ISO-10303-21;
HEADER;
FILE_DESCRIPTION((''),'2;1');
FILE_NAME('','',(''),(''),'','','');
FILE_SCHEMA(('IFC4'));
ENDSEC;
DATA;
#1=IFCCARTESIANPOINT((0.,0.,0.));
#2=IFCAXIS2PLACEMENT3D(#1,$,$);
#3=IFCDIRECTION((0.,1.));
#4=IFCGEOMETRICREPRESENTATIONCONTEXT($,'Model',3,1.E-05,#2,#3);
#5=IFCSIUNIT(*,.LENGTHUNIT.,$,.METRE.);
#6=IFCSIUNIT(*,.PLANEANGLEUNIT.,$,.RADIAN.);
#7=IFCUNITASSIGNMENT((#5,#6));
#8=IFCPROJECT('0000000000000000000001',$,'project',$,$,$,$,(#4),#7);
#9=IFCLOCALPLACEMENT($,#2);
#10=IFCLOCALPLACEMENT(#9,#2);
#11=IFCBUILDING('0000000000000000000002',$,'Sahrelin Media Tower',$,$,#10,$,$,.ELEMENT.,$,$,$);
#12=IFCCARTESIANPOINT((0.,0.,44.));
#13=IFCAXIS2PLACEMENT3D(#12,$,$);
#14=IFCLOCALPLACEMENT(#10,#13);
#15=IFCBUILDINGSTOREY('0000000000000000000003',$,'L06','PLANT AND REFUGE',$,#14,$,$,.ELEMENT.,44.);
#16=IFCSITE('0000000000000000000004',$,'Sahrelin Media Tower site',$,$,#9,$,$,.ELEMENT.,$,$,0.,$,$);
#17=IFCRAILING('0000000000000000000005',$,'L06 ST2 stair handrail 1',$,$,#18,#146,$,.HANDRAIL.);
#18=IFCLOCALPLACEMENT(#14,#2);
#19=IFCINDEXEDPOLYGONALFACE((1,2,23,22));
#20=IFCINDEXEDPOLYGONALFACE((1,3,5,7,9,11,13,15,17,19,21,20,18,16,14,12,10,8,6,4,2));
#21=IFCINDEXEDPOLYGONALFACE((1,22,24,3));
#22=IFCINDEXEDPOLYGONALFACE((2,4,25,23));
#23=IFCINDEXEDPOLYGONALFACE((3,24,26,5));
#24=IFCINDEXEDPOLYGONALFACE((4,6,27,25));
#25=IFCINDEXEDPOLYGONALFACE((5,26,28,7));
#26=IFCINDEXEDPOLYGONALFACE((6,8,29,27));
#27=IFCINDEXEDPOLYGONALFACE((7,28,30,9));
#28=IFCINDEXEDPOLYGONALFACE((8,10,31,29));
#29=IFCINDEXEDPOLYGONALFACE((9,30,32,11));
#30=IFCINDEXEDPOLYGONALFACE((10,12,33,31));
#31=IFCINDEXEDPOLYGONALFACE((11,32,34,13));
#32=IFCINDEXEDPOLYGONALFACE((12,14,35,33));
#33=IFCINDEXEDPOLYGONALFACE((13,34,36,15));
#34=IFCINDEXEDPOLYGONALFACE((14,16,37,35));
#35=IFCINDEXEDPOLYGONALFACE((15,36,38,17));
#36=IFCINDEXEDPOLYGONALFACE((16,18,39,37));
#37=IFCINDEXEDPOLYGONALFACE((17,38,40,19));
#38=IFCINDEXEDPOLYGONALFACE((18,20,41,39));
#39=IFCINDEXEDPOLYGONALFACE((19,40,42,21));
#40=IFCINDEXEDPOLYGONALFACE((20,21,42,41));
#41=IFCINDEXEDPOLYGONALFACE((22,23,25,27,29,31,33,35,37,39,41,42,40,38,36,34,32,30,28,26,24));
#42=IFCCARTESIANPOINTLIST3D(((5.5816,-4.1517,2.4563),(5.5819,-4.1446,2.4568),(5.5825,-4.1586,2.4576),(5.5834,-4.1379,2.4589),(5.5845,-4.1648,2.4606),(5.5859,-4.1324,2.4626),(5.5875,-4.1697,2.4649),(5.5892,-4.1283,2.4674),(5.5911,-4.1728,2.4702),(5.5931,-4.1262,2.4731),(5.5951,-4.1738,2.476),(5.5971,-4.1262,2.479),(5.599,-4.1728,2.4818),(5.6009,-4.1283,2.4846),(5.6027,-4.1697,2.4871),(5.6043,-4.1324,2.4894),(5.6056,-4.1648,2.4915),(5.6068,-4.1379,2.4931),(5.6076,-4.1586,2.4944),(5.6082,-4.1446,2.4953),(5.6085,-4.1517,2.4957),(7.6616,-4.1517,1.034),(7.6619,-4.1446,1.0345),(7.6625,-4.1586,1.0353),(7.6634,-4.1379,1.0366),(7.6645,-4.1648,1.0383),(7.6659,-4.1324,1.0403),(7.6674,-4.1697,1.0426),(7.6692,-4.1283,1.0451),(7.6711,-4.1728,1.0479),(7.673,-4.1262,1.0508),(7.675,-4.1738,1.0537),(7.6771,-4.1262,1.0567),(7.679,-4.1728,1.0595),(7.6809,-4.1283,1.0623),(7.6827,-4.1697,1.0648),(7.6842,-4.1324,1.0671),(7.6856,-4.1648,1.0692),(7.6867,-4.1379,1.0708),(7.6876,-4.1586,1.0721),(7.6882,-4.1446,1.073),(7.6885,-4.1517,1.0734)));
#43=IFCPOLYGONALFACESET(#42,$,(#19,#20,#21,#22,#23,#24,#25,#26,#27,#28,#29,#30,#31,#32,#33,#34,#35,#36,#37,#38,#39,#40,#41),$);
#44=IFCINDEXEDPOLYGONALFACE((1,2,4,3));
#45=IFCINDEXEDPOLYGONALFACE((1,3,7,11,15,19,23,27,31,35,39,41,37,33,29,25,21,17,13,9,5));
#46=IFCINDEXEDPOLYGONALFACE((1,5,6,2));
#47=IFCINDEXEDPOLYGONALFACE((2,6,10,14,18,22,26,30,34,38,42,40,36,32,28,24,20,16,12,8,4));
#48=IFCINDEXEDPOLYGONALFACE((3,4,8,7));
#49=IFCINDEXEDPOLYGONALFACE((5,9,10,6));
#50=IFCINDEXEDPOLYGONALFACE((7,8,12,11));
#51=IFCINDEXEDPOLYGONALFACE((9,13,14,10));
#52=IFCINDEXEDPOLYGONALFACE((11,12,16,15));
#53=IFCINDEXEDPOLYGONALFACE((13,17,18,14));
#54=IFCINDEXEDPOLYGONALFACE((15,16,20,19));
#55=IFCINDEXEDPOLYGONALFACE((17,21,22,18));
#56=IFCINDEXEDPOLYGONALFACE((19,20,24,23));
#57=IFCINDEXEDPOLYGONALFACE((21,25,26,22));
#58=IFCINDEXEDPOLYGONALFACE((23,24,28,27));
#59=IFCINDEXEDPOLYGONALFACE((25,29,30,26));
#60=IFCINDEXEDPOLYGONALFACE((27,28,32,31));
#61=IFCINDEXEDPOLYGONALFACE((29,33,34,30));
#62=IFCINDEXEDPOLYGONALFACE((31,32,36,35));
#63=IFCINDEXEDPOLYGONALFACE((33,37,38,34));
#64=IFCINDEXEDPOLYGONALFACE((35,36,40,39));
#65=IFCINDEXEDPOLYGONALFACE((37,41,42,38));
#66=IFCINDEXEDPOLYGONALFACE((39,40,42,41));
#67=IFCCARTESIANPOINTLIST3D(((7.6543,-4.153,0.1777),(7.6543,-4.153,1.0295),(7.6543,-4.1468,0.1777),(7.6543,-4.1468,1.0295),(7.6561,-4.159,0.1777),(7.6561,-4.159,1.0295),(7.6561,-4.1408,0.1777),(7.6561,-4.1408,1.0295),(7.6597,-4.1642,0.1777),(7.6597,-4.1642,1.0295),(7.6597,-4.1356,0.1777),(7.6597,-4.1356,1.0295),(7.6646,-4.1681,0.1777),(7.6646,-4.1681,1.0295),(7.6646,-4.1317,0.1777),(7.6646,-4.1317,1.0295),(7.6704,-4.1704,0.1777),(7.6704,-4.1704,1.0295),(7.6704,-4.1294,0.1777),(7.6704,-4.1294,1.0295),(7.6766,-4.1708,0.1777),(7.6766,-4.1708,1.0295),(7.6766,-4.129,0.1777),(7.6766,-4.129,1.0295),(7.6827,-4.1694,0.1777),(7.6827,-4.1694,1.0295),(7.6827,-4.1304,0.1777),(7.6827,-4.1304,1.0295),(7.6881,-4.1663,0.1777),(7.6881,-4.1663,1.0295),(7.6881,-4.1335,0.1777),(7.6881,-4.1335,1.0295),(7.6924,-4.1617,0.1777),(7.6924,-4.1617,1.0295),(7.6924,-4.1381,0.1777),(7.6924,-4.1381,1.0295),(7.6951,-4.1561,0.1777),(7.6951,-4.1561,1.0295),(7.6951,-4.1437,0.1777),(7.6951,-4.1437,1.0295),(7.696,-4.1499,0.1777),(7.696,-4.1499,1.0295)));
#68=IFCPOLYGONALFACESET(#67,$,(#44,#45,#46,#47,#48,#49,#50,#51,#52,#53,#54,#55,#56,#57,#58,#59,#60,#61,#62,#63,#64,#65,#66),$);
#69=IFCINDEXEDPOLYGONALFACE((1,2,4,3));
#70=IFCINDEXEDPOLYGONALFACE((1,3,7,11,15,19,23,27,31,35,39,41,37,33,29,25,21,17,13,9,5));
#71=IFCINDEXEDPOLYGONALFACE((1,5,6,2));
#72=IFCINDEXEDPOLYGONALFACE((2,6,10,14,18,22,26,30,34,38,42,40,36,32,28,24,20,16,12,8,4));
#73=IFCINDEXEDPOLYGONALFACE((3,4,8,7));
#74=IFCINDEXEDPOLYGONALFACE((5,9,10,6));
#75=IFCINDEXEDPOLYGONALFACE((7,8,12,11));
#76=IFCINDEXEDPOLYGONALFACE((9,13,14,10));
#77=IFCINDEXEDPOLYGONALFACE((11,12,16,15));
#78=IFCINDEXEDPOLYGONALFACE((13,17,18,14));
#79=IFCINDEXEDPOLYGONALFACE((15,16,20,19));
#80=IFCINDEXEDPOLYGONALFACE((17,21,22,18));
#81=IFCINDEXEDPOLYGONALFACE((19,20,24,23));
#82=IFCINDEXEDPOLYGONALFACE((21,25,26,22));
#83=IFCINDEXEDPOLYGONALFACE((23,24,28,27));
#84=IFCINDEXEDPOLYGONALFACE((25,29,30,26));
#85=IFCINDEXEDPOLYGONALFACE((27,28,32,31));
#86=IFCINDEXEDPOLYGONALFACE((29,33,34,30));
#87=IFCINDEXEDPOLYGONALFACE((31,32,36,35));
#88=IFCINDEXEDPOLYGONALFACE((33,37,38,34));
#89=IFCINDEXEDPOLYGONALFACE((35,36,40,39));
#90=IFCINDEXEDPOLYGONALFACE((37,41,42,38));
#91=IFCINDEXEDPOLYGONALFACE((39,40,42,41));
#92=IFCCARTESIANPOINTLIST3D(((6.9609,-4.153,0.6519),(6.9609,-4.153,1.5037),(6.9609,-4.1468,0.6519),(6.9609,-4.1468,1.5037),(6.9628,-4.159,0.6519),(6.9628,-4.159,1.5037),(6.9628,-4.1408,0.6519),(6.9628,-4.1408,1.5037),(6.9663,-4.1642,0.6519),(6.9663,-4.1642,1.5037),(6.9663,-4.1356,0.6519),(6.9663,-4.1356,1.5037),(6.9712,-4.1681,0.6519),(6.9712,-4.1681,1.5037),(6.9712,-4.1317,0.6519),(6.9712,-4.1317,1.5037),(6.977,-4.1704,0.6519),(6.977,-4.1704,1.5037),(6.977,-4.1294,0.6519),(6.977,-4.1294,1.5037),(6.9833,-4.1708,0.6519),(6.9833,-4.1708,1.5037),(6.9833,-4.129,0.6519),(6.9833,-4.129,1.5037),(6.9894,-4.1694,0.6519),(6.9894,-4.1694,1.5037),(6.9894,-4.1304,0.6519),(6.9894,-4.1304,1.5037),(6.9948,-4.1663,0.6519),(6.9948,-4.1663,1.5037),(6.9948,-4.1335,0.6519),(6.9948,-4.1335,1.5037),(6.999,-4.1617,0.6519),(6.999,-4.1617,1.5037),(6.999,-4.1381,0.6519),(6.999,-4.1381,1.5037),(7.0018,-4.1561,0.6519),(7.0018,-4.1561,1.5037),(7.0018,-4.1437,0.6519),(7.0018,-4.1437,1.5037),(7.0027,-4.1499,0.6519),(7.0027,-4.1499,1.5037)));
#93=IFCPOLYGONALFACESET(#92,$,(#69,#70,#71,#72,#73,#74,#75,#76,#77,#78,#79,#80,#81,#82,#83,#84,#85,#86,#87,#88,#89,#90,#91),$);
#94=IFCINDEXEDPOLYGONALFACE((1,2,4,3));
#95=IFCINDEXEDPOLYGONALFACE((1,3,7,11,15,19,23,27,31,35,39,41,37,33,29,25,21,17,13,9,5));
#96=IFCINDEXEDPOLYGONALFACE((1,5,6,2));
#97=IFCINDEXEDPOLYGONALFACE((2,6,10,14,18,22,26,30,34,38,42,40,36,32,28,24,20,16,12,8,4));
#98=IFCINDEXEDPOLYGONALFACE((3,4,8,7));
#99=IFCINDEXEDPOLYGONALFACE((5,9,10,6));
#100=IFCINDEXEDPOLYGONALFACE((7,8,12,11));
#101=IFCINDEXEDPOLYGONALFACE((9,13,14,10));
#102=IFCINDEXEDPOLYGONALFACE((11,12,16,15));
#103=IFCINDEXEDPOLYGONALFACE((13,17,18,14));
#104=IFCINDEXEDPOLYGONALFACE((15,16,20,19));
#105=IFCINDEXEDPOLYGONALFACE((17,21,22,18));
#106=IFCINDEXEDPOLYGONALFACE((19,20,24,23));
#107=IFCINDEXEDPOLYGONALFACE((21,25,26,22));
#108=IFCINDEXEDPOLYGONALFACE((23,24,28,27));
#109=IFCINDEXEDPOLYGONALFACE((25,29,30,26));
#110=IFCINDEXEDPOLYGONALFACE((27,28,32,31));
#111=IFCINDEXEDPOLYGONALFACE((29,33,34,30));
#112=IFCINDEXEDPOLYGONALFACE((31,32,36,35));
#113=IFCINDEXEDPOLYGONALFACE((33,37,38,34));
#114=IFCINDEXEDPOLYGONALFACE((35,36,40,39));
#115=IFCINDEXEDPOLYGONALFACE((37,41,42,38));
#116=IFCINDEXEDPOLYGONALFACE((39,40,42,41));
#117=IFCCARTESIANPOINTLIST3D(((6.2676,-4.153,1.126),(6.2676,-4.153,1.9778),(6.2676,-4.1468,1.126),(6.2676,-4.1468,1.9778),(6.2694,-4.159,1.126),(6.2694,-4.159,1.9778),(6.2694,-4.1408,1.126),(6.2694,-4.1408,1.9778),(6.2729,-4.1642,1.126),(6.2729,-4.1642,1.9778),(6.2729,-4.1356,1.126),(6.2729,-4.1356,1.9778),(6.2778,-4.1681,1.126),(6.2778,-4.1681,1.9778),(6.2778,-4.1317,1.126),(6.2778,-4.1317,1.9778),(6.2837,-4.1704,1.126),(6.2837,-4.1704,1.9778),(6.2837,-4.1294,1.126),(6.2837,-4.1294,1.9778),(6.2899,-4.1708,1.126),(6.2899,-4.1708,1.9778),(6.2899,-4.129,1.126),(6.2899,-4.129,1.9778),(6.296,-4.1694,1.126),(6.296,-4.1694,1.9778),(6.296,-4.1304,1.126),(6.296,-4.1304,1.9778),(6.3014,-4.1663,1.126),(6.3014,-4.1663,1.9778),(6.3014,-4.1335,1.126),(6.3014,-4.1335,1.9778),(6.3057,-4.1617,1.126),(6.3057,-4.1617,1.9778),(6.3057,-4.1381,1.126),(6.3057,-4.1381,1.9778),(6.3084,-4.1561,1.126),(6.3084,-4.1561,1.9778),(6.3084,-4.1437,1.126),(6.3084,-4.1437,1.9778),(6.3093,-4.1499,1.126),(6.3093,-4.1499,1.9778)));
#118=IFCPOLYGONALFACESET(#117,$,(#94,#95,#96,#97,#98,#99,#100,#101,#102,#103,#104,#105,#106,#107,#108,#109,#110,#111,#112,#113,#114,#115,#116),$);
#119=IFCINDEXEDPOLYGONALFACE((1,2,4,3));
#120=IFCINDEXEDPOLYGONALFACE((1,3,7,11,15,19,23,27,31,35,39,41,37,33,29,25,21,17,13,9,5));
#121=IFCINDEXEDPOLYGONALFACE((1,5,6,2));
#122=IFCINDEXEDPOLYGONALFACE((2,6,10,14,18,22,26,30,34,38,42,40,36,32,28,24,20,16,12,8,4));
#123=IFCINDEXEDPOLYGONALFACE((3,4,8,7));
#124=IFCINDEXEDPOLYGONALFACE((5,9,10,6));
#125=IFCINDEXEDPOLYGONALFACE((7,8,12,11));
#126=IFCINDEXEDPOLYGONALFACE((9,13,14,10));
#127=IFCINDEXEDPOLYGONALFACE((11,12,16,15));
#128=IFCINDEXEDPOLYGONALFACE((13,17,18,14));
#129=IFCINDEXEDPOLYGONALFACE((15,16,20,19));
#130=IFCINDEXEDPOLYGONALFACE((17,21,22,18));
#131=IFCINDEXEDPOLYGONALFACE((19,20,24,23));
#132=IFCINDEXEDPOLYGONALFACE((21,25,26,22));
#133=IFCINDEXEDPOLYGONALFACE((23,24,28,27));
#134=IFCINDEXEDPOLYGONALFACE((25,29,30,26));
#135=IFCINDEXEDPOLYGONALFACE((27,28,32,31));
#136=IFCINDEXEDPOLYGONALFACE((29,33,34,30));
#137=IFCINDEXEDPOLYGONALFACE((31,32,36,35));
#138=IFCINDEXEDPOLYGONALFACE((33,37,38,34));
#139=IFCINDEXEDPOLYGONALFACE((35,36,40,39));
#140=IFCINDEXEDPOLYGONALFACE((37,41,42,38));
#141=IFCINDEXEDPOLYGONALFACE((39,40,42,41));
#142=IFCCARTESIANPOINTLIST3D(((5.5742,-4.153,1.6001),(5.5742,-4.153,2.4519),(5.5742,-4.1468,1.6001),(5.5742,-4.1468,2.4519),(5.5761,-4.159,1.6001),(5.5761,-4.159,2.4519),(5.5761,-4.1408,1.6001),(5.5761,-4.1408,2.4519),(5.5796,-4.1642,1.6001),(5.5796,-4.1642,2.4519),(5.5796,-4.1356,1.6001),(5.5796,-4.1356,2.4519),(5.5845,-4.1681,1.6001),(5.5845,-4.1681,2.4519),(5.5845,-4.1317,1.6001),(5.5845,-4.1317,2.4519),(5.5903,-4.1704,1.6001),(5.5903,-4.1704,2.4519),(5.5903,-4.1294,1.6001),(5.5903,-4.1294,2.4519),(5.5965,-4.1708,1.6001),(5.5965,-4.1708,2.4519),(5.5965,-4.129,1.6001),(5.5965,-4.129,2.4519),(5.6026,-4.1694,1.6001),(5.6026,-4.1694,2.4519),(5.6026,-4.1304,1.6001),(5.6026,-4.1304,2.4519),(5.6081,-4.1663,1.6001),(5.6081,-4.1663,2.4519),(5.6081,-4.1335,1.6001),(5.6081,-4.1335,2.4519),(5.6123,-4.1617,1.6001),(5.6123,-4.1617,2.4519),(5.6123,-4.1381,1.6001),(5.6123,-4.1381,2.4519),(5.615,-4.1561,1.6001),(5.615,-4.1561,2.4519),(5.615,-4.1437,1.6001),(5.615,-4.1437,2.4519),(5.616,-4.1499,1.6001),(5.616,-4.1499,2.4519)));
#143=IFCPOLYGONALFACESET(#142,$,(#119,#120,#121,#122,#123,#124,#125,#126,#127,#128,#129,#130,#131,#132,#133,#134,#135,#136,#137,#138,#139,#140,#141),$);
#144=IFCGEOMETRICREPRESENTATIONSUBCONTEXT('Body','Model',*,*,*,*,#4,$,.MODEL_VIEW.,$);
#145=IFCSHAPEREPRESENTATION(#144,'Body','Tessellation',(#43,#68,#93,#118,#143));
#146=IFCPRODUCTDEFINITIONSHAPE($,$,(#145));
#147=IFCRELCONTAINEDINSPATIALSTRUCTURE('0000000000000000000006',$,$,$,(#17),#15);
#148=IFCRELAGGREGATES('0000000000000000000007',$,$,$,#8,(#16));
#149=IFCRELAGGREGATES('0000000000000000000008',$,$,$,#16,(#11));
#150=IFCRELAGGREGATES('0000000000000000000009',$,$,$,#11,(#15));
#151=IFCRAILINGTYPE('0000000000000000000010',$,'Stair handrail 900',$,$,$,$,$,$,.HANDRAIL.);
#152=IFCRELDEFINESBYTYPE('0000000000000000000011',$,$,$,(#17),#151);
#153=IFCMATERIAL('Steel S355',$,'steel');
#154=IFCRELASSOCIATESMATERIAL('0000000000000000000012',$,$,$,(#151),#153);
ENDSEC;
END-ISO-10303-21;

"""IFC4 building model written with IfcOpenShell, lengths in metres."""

from ifc_helpers import new_model, si_unit, direction, frame, origin, origin_2d, place, context, subcontext, project, spatial, circle, extrude, material, type_object, element, save


model = new_model("IFC4")

# Units and contexts
model_context = context("Model", 3, precision=1e-05, world=origin(), true_north=direction((0.0, 1.0)))
body_context = subcontext(model_context, "Body", "Model", "MODEL_VIEW")
ifc_project = project(units=[si_unit("LENGTHUNIT", "METRE"), si_unit("PLANEANGLEUNIT", "RADIAN")], contexts=[model_context])

# Site, building, storey
site_placement = place(None, origin())
site = spatial("IfcSite", under=ifc_project, at=site_placement, Name="Sahrelin Media Tower site", CompositionType="ELEMENT", RefElevation=0.0)
building_placement = place(site_placement, origin())
building = spatial("IfcBuilding", under=site, at=building_placement, Name="Sahrelin Media Tower", CompositionType="ELEMENT")
storey_placement = place(building_placement, frame((0.0, 0.0, 44.0)))
storey = spatial("IfcBuildingStorey", under=building, at=storey_placement, Name="L06", Description="PLANT AND REFUGE", CompositionType="ELEMENT", Elevation=44.0)

# Railing
ifc_material_1 = material(Name="Steel S355", Category="steel")
railing_type_1 = type_object("IfcRailingType", Name="Stair handrail 900", PredefinedType="HANDRAIL", material=ifc_material_1)
for number, where, name in (
    (1, (7.675, -4.1499, 0.1777), "L06 ST2 stair handrail 1"),
):
    element("IfcRailing", number, at=place(storey_placement, frame(where)), inside=storey, type_object=railing_type_1, Name=name, PredefinedType="HANDRAIL", context=body_context, shape_type="SweptSolid", body=[
        extrude(circle(Radius=0.0239, at=origin_2d()), frame((0.0, 0.0, 0.876), z_axis=(-0.825464, 0.0, 0.564455), x_axis=(0.0, -1.0, 0.0)), (0.0, 0.0, 1.0), 2.5198),
        extrude(circle(Radius=0.021, at=origin_2d()), origin(), (0.0, 0.0, 1.0), 0.8518),
        extrude(circle(Radius=0.021, at=origin_2d()), frame((-0.6934, 0.0, 0.4741)), (0.0, 0.0, 1.0), 0.8518),
        extrude(circle(Radius=0.021, at=origin_2d()), frame((-1.3867, 0.0, 0.9482)), (0.0, 0.0, 1.0), 0.8518),
        extrude(circle(Radius=0.021, at=origin_2d()), frame((-2.0801, 0.0, 1.4224)), (0.0, 0.0, 1.0), 0.8518),
    ])

save(model, "model.ifc")
